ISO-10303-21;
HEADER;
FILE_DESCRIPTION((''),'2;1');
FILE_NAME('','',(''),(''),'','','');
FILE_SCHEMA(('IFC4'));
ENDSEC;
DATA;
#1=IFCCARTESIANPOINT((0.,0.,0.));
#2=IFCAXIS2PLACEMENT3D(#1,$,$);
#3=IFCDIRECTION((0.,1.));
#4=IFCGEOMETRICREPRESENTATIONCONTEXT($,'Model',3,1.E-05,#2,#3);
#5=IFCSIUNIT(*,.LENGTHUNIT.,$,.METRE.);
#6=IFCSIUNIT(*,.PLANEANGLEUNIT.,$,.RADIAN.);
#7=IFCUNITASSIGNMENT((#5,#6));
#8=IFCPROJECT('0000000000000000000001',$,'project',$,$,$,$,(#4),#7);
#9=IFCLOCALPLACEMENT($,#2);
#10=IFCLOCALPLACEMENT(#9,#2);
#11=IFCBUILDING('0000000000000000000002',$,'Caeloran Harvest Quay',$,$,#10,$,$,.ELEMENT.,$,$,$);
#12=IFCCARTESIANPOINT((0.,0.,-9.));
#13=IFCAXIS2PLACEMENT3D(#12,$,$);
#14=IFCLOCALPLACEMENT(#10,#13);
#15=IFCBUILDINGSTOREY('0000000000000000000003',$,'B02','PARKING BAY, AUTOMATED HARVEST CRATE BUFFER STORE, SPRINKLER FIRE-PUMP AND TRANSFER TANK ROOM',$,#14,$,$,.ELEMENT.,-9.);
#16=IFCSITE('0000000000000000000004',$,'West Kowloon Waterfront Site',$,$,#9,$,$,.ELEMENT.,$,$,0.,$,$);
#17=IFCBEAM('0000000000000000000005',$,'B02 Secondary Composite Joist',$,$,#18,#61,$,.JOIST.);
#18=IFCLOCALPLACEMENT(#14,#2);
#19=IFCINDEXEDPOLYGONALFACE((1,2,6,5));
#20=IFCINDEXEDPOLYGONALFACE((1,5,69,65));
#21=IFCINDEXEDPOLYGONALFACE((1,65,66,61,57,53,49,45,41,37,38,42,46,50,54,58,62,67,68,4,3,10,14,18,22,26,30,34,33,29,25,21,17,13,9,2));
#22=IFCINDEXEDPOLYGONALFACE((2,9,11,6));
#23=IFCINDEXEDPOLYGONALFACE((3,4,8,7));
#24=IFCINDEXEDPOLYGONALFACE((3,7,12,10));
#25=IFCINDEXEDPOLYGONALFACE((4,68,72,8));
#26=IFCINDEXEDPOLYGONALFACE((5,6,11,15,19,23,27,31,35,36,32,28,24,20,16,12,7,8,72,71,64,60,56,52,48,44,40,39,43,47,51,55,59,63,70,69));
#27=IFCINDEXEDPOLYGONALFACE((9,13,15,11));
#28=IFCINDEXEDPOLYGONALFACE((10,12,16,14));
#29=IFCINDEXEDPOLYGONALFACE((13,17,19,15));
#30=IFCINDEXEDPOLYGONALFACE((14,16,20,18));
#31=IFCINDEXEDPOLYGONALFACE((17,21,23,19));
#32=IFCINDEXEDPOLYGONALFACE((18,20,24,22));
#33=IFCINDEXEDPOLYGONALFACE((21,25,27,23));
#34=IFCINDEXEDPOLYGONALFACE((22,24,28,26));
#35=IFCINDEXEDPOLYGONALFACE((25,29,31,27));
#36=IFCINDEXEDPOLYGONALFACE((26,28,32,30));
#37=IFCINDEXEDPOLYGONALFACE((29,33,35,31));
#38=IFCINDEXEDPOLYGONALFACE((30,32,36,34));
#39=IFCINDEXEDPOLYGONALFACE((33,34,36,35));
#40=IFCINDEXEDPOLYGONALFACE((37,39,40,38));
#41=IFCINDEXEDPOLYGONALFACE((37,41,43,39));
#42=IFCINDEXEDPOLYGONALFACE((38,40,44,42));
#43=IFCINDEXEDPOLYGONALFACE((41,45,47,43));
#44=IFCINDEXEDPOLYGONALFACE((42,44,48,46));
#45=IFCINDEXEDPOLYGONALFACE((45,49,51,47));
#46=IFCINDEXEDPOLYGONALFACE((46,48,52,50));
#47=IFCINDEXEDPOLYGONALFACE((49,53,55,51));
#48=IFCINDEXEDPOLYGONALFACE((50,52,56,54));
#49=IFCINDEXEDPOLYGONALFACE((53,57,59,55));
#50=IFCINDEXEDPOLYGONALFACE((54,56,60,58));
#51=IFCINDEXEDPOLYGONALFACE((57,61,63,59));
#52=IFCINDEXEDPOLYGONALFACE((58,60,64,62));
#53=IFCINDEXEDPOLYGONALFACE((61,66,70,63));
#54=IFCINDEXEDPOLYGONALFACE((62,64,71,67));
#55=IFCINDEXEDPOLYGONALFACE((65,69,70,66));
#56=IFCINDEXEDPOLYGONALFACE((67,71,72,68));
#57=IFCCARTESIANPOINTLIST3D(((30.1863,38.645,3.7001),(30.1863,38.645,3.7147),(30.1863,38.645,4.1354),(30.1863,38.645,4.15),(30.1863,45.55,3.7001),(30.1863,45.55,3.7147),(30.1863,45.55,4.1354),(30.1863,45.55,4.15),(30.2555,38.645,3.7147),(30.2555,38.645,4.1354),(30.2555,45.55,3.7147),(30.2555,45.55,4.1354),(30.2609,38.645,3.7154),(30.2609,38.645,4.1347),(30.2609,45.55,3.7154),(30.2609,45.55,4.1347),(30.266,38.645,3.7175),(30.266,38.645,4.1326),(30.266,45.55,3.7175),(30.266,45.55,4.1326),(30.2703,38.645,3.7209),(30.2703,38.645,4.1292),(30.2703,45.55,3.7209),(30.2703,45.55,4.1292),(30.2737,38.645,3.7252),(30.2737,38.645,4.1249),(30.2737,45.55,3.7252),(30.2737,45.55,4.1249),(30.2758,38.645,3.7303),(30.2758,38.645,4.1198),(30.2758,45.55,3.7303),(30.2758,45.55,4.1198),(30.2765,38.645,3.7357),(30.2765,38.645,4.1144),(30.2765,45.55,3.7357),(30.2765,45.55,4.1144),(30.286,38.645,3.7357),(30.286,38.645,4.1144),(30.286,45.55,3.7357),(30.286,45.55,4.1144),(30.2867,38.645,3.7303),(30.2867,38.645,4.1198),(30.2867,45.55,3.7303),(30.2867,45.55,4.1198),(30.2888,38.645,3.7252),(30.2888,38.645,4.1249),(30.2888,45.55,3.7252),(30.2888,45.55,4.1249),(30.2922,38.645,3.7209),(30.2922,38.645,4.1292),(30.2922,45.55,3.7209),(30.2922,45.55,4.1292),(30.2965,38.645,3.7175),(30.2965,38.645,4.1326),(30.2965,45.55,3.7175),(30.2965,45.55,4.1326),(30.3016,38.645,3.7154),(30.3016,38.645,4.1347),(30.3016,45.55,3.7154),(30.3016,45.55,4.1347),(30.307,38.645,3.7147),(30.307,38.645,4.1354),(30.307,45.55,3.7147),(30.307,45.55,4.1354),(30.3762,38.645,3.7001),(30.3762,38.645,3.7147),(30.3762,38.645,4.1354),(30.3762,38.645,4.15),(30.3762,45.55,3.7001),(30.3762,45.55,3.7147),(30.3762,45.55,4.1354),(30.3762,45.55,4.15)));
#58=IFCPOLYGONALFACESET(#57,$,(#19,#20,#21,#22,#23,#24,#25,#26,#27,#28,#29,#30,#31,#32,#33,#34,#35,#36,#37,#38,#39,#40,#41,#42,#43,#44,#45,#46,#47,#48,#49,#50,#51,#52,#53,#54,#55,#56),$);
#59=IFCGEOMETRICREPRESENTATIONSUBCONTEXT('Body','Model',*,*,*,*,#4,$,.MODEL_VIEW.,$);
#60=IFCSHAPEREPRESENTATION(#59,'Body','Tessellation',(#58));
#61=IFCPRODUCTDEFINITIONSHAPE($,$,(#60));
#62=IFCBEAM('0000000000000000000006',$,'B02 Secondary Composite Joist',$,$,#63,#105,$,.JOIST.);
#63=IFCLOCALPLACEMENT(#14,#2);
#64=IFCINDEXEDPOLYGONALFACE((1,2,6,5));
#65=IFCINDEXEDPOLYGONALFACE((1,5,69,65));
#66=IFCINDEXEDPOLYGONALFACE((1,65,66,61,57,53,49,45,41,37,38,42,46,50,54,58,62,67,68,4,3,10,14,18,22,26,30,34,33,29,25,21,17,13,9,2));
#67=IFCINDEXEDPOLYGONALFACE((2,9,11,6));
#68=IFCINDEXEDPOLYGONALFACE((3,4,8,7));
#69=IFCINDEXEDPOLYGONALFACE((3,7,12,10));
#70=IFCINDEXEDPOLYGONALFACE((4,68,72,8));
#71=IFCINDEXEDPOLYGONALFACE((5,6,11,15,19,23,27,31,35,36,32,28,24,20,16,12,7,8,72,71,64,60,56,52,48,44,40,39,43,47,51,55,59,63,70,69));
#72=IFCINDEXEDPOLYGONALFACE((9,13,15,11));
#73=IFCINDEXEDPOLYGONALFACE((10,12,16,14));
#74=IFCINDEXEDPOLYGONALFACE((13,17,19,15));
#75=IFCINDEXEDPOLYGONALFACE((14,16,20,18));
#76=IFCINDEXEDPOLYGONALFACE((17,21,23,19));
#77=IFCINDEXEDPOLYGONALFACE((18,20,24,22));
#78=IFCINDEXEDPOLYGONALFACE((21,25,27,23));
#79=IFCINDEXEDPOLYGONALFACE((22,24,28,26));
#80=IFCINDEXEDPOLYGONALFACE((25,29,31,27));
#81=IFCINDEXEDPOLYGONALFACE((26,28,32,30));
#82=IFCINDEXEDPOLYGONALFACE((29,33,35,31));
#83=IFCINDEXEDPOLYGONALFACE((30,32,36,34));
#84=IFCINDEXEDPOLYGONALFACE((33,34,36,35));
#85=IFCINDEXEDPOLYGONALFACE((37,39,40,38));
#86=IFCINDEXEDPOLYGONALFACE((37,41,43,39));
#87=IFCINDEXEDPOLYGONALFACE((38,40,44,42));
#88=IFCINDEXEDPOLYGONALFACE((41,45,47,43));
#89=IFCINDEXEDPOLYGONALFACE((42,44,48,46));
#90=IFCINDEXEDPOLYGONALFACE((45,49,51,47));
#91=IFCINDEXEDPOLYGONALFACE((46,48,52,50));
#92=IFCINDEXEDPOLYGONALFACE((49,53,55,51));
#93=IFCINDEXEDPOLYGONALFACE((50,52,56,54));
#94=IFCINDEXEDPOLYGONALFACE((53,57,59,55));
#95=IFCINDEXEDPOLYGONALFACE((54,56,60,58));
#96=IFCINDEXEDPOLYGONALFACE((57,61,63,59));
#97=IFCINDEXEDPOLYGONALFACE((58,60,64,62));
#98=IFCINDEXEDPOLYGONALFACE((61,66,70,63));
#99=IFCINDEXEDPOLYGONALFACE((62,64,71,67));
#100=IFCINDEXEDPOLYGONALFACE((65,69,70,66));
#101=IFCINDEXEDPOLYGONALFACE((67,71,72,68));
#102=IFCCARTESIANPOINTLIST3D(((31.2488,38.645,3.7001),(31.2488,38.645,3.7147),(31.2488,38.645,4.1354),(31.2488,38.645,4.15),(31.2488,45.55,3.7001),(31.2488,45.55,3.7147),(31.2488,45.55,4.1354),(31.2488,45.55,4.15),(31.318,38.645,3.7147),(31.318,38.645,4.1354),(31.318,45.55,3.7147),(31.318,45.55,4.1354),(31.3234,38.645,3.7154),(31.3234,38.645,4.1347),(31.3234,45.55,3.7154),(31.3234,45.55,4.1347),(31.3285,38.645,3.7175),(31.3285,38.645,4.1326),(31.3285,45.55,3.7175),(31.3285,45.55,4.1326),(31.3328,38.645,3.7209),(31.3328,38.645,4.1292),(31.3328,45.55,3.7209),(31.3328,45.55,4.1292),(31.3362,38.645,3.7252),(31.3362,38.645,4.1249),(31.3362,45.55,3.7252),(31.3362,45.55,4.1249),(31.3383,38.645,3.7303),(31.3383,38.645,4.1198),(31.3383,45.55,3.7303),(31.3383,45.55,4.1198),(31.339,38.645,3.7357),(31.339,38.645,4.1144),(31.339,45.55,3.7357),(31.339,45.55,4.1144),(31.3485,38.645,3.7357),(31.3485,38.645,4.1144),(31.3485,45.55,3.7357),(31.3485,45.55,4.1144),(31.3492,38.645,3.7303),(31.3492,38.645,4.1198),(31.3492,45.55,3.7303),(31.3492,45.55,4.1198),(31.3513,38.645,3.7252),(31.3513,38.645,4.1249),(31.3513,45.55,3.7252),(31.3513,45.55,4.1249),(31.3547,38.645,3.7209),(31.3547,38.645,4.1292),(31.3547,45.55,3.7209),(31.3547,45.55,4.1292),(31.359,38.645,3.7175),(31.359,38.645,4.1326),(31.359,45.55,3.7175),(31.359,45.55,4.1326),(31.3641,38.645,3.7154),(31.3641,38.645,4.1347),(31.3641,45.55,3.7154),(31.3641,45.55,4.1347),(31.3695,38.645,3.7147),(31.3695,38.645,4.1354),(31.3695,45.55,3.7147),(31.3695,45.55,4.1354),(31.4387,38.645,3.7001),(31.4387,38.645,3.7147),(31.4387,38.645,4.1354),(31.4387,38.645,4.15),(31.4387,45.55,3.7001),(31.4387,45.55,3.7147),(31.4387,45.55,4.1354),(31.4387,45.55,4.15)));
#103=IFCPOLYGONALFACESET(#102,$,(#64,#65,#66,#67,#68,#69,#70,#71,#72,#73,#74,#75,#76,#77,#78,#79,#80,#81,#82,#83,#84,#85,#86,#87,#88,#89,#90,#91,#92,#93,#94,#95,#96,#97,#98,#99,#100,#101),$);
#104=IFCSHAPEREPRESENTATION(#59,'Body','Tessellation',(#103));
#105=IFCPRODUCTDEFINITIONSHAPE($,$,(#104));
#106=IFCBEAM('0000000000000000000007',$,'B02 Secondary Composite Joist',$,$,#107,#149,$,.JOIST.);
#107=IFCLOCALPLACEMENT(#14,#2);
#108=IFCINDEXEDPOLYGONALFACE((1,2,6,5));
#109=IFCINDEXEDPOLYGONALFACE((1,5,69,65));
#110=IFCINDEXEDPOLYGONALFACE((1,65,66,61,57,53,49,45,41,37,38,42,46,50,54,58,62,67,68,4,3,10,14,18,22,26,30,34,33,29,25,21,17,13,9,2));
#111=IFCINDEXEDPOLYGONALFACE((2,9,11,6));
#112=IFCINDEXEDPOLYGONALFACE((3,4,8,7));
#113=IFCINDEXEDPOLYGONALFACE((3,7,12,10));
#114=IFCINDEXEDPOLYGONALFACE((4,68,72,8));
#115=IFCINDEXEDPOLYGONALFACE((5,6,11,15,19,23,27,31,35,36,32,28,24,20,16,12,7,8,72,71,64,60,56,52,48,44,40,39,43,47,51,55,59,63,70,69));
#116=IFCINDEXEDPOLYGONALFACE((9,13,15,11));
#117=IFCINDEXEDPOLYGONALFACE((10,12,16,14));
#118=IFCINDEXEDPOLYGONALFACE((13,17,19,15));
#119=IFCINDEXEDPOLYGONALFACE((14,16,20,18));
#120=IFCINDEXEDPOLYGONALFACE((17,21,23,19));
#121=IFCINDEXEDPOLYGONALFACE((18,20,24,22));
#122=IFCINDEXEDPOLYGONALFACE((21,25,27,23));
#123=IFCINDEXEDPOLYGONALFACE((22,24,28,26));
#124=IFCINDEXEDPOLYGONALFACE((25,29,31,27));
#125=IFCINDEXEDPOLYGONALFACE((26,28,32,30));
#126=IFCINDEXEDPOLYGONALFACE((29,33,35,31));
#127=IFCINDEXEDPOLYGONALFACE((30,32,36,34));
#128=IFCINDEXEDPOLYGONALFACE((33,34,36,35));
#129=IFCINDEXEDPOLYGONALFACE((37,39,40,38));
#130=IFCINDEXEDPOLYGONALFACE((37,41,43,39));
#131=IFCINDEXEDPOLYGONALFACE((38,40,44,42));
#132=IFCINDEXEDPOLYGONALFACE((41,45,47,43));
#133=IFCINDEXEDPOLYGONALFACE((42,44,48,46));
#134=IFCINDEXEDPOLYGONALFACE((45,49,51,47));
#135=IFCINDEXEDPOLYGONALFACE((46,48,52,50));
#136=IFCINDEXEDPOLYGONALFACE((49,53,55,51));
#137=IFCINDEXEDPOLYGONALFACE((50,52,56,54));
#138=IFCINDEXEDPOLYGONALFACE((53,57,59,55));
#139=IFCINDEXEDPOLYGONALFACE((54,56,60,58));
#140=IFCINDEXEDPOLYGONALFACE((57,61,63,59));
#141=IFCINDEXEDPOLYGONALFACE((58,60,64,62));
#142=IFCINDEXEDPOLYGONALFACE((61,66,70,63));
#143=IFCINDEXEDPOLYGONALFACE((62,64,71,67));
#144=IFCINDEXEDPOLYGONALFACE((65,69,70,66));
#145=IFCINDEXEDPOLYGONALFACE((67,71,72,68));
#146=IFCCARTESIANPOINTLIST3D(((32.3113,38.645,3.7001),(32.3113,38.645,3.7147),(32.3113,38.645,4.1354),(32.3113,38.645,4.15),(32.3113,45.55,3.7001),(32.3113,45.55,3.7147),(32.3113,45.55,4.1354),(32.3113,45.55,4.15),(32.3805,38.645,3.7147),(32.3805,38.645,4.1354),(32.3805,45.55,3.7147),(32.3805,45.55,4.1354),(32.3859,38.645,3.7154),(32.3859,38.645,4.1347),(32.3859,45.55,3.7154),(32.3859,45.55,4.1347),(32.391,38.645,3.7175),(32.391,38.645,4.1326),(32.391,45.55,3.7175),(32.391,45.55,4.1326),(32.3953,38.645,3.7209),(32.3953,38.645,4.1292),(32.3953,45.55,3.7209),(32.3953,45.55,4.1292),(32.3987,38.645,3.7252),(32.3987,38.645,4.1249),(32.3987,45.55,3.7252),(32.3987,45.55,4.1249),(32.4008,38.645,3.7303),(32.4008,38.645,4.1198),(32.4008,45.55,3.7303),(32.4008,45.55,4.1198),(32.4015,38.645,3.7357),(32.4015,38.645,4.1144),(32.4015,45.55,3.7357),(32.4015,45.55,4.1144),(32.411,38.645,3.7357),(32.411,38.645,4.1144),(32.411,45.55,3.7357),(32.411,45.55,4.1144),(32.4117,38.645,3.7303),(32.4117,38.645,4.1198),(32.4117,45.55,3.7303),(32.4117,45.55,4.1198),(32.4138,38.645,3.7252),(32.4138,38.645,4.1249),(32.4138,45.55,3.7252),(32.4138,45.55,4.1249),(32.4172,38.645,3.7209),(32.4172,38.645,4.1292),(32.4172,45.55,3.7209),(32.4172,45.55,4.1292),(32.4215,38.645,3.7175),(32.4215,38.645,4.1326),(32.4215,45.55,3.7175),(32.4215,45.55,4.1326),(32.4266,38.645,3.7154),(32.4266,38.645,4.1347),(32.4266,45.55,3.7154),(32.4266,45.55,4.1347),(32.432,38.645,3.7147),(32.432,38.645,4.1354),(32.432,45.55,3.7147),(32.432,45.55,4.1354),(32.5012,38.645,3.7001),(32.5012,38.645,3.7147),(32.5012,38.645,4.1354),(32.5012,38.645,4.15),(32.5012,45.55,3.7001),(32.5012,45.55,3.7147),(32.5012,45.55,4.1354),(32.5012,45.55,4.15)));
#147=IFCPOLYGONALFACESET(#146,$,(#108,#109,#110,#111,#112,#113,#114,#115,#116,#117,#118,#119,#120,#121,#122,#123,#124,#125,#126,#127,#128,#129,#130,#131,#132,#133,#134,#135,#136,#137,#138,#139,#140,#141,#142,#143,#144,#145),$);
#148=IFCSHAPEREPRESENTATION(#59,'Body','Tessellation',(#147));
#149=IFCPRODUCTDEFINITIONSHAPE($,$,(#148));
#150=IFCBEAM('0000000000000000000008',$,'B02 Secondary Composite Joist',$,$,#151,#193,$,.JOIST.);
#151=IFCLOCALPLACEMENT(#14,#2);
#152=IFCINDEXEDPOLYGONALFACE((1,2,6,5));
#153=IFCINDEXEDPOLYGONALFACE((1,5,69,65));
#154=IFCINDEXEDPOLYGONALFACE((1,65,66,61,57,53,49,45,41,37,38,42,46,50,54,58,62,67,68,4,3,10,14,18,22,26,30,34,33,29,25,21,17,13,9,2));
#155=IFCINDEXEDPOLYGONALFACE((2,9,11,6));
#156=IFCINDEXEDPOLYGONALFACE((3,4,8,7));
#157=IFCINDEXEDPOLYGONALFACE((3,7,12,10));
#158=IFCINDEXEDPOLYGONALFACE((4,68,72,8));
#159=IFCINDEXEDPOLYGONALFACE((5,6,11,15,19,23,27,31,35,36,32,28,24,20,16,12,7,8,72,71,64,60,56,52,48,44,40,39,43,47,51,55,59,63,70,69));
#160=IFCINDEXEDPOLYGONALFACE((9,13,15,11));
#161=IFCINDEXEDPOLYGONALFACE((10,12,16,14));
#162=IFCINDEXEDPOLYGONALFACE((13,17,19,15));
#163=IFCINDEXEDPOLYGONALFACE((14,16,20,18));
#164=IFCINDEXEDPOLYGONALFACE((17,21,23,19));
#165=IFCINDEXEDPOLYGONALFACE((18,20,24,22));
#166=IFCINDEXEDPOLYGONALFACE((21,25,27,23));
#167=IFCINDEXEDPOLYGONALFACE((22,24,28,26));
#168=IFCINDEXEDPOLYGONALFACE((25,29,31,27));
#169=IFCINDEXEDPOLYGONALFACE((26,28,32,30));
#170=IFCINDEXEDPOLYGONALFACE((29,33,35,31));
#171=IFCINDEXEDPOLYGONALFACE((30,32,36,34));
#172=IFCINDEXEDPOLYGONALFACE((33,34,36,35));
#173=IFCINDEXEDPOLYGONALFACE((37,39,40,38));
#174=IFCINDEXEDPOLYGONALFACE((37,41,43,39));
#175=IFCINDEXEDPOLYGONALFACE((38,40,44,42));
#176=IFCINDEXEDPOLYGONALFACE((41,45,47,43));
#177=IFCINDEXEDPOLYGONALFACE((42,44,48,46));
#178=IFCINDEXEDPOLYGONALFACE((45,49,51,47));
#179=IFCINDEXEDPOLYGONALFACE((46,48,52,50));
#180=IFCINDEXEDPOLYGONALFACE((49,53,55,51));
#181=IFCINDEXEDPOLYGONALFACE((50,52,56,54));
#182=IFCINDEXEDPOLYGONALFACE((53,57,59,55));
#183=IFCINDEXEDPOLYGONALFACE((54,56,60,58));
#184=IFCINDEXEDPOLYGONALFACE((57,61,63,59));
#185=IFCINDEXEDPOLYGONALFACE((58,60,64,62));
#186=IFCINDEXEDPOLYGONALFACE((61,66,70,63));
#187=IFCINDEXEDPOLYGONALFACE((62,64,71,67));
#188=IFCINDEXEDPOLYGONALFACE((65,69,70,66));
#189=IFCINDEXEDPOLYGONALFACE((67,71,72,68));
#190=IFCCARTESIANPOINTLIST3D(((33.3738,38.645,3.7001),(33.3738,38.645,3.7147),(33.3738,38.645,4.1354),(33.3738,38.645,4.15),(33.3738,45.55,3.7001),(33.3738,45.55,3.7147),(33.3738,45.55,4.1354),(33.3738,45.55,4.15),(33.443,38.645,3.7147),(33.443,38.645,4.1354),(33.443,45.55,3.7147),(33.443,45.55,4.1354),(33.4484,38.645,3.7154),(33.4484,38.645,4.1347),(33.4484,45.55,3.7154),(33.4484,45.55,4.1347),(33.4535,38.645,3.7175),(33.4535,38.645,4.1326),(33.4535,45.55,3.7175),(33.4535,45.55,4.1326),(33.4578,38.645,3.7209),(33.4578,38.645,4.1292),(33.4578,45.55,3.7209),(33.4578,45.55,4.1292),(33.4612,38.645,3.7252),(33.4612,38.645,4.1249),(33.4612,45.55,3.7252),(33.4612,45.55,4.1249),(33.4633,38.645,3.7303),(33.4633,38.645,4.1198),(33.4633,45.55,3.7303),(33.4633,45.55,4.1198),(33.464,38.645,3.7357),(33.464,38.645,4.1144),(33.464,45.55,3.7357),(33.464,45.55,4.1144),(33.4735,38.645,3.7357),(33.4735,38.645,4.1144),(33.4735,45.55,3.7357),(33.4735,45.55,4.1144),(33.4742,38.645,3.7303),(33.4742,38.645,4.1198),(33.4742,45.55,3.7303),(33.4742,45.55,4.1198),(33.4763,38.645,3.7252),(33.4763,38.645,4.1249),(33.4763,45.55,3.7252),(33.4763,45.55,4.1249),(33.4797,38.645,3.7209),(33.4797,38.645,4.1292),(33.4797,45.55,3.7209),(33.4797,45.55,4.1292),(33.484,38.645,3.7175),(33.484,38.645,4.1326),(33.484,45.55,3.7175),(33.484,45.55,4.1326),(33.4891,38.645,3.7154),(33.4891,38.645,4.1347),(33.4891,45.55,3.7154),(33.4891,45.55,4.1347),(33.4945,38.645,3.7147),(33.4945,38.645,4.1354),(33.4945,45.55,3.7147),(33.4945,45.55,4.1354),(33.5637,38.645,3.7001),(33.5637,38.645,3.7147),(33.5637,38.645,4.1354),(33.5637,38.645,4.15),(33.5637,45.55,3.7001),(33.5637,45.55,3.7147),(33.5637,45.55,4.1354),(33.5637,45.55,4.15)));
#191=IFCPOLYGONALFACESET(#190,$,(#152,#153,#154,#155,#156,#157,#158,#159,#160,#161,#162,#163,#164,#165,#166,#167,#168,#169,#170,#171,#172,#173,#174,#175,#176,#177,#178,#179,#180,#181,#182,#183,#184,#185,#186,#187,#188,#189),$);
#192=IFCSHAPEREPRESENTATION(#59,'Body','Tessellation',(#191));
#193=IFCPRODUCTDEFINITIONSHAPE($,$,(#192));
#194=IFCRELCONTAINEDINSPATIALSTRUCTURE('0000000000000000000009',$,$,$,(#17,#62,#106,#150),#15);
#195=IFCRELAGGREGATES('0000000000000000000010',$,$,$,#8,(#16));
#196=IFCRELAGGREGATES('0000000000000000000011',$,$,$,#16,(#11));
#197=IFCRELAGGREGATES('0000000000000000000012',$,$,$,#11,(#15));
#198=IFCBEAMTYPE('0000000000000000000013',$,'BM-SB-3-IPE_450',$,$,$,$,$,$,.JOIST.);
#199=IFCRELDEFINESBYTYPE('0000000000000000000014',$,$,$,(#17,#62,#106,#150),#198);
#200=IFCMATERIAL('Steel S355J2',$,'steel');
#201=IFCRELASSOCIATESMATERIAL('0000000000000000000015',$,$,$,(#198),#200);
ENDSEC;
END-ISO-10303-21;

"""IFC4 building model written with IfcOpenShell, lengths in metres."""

from ifc_helpers import new_model, si_unit, direction, frame, origin, origin_2d, place, context, subcontext, project, spatial, i_section, extrude, material, material_profile, profile_set, type_object, element, save


model = new_model("IFC4")

# Units and contexts
model_context = context("Model", 3, precision=1e-05, world=origin(), true_north=direction((0.0, 1.0)))
body_context = subcontext(model_context, "Body", "Model", "MODEL_VIEW")
ifc_project = project(units=[si_unit("LENGTHUNIT", "METRE"), si_unit("PLANEANGLEUNIT", "RADIAN")], contexts=[model_context])

# Site, building, storey
site_placement = place(None, origin())
site = spatial("IfcSite", under=ifc_project, at=site_placement, Name="West Kowloon Waterfront Site", CompositionType="ELEMENT", RefElevation=0.0)
building_placement = place(site_placement, origin())
building = spatial("IfcBuilding", under=site, at=building_placement, Name="Caeloran Harvest Quay", CompositionType="ELEMENT")
storey_placement = place(building_placement, frame((0.0, 0.0, -9.0)))
storey = spatial("IfcBuildingStorey", under=building, at=storey_placement, Name="B02", Description="PARKING BAY, AUTOMATED HARVEST CRATE BUFFER STORE, SPRINKLER FIRE-PUMP AND TRANSFER TANK ROOM", CompositionType="ELEMENT", Elevation=-9.0)

# Beams
ifc_material_1 = material(Name="Steel S355J2", Category="steel")
ifc_material_profile_1 = material_profile(ifc_material_1, i_section(OverallWidth=0.1899, OverallDepth=0.45, WebThickness=0.0095, FlangeThickness=0.0146, FilletRadius=0.021, at=origin_2d()), Name="IPE 450")
ifc_profile_set_1 = profile_set([ifc_material_profile_1], Name="Steel S355J2")
beam_type_1 = type_object("IfcBeamType", Name="BM-SB-3-IPE_450", PredefinedType="JOIST", material=ifc_profile_set_1)
for number, where, z_axis, x_axis, name in (
    (1, (30.2812, 38.645, 3.925), (0.0, 1.0, 0.0), (-1.0, 0.0, 0.0), "B02 Secondary Composite Joist"),
    (2, (31.3438, 38.645, 3.925), (0.0, 1.0, 0.0), (-1.0, 0.0, 0.0), "B02 Secondary Composite Joist"),
    (3, (32.4062, 38.645, 3.925), (0.0, 1.0, 0.0), (-1.0, 0.0, 0.0), "B02 Secondary Composite Joist"),
    (4, (33.4688, 38.645, 3.925), (0.0, 1.0, 0.0), (-1.0, 0.0, 0.0), "B02 Secondary Composite Joist"),
):
    element("IfcBeam", number, at=place(storey_placement, frame(where, z_axis=z_axis, x_axis=x_axis)), inside=storey, type_object=beam_type_1, Name=name, PredefinedType="JOIST", context=body_context, shape_type="SweptSolid", body=[
        extrude(i_section(OverallWidth=0.1899, OverallDepth=0.45, WebThickness=0.0095, FlangeThickness=0.0146, FilletRadius=0.021, at=origin_2d()), origin(), (0.0, 0.0, 1.0), 6.905),
    ])

save(model, "model.ifc")
